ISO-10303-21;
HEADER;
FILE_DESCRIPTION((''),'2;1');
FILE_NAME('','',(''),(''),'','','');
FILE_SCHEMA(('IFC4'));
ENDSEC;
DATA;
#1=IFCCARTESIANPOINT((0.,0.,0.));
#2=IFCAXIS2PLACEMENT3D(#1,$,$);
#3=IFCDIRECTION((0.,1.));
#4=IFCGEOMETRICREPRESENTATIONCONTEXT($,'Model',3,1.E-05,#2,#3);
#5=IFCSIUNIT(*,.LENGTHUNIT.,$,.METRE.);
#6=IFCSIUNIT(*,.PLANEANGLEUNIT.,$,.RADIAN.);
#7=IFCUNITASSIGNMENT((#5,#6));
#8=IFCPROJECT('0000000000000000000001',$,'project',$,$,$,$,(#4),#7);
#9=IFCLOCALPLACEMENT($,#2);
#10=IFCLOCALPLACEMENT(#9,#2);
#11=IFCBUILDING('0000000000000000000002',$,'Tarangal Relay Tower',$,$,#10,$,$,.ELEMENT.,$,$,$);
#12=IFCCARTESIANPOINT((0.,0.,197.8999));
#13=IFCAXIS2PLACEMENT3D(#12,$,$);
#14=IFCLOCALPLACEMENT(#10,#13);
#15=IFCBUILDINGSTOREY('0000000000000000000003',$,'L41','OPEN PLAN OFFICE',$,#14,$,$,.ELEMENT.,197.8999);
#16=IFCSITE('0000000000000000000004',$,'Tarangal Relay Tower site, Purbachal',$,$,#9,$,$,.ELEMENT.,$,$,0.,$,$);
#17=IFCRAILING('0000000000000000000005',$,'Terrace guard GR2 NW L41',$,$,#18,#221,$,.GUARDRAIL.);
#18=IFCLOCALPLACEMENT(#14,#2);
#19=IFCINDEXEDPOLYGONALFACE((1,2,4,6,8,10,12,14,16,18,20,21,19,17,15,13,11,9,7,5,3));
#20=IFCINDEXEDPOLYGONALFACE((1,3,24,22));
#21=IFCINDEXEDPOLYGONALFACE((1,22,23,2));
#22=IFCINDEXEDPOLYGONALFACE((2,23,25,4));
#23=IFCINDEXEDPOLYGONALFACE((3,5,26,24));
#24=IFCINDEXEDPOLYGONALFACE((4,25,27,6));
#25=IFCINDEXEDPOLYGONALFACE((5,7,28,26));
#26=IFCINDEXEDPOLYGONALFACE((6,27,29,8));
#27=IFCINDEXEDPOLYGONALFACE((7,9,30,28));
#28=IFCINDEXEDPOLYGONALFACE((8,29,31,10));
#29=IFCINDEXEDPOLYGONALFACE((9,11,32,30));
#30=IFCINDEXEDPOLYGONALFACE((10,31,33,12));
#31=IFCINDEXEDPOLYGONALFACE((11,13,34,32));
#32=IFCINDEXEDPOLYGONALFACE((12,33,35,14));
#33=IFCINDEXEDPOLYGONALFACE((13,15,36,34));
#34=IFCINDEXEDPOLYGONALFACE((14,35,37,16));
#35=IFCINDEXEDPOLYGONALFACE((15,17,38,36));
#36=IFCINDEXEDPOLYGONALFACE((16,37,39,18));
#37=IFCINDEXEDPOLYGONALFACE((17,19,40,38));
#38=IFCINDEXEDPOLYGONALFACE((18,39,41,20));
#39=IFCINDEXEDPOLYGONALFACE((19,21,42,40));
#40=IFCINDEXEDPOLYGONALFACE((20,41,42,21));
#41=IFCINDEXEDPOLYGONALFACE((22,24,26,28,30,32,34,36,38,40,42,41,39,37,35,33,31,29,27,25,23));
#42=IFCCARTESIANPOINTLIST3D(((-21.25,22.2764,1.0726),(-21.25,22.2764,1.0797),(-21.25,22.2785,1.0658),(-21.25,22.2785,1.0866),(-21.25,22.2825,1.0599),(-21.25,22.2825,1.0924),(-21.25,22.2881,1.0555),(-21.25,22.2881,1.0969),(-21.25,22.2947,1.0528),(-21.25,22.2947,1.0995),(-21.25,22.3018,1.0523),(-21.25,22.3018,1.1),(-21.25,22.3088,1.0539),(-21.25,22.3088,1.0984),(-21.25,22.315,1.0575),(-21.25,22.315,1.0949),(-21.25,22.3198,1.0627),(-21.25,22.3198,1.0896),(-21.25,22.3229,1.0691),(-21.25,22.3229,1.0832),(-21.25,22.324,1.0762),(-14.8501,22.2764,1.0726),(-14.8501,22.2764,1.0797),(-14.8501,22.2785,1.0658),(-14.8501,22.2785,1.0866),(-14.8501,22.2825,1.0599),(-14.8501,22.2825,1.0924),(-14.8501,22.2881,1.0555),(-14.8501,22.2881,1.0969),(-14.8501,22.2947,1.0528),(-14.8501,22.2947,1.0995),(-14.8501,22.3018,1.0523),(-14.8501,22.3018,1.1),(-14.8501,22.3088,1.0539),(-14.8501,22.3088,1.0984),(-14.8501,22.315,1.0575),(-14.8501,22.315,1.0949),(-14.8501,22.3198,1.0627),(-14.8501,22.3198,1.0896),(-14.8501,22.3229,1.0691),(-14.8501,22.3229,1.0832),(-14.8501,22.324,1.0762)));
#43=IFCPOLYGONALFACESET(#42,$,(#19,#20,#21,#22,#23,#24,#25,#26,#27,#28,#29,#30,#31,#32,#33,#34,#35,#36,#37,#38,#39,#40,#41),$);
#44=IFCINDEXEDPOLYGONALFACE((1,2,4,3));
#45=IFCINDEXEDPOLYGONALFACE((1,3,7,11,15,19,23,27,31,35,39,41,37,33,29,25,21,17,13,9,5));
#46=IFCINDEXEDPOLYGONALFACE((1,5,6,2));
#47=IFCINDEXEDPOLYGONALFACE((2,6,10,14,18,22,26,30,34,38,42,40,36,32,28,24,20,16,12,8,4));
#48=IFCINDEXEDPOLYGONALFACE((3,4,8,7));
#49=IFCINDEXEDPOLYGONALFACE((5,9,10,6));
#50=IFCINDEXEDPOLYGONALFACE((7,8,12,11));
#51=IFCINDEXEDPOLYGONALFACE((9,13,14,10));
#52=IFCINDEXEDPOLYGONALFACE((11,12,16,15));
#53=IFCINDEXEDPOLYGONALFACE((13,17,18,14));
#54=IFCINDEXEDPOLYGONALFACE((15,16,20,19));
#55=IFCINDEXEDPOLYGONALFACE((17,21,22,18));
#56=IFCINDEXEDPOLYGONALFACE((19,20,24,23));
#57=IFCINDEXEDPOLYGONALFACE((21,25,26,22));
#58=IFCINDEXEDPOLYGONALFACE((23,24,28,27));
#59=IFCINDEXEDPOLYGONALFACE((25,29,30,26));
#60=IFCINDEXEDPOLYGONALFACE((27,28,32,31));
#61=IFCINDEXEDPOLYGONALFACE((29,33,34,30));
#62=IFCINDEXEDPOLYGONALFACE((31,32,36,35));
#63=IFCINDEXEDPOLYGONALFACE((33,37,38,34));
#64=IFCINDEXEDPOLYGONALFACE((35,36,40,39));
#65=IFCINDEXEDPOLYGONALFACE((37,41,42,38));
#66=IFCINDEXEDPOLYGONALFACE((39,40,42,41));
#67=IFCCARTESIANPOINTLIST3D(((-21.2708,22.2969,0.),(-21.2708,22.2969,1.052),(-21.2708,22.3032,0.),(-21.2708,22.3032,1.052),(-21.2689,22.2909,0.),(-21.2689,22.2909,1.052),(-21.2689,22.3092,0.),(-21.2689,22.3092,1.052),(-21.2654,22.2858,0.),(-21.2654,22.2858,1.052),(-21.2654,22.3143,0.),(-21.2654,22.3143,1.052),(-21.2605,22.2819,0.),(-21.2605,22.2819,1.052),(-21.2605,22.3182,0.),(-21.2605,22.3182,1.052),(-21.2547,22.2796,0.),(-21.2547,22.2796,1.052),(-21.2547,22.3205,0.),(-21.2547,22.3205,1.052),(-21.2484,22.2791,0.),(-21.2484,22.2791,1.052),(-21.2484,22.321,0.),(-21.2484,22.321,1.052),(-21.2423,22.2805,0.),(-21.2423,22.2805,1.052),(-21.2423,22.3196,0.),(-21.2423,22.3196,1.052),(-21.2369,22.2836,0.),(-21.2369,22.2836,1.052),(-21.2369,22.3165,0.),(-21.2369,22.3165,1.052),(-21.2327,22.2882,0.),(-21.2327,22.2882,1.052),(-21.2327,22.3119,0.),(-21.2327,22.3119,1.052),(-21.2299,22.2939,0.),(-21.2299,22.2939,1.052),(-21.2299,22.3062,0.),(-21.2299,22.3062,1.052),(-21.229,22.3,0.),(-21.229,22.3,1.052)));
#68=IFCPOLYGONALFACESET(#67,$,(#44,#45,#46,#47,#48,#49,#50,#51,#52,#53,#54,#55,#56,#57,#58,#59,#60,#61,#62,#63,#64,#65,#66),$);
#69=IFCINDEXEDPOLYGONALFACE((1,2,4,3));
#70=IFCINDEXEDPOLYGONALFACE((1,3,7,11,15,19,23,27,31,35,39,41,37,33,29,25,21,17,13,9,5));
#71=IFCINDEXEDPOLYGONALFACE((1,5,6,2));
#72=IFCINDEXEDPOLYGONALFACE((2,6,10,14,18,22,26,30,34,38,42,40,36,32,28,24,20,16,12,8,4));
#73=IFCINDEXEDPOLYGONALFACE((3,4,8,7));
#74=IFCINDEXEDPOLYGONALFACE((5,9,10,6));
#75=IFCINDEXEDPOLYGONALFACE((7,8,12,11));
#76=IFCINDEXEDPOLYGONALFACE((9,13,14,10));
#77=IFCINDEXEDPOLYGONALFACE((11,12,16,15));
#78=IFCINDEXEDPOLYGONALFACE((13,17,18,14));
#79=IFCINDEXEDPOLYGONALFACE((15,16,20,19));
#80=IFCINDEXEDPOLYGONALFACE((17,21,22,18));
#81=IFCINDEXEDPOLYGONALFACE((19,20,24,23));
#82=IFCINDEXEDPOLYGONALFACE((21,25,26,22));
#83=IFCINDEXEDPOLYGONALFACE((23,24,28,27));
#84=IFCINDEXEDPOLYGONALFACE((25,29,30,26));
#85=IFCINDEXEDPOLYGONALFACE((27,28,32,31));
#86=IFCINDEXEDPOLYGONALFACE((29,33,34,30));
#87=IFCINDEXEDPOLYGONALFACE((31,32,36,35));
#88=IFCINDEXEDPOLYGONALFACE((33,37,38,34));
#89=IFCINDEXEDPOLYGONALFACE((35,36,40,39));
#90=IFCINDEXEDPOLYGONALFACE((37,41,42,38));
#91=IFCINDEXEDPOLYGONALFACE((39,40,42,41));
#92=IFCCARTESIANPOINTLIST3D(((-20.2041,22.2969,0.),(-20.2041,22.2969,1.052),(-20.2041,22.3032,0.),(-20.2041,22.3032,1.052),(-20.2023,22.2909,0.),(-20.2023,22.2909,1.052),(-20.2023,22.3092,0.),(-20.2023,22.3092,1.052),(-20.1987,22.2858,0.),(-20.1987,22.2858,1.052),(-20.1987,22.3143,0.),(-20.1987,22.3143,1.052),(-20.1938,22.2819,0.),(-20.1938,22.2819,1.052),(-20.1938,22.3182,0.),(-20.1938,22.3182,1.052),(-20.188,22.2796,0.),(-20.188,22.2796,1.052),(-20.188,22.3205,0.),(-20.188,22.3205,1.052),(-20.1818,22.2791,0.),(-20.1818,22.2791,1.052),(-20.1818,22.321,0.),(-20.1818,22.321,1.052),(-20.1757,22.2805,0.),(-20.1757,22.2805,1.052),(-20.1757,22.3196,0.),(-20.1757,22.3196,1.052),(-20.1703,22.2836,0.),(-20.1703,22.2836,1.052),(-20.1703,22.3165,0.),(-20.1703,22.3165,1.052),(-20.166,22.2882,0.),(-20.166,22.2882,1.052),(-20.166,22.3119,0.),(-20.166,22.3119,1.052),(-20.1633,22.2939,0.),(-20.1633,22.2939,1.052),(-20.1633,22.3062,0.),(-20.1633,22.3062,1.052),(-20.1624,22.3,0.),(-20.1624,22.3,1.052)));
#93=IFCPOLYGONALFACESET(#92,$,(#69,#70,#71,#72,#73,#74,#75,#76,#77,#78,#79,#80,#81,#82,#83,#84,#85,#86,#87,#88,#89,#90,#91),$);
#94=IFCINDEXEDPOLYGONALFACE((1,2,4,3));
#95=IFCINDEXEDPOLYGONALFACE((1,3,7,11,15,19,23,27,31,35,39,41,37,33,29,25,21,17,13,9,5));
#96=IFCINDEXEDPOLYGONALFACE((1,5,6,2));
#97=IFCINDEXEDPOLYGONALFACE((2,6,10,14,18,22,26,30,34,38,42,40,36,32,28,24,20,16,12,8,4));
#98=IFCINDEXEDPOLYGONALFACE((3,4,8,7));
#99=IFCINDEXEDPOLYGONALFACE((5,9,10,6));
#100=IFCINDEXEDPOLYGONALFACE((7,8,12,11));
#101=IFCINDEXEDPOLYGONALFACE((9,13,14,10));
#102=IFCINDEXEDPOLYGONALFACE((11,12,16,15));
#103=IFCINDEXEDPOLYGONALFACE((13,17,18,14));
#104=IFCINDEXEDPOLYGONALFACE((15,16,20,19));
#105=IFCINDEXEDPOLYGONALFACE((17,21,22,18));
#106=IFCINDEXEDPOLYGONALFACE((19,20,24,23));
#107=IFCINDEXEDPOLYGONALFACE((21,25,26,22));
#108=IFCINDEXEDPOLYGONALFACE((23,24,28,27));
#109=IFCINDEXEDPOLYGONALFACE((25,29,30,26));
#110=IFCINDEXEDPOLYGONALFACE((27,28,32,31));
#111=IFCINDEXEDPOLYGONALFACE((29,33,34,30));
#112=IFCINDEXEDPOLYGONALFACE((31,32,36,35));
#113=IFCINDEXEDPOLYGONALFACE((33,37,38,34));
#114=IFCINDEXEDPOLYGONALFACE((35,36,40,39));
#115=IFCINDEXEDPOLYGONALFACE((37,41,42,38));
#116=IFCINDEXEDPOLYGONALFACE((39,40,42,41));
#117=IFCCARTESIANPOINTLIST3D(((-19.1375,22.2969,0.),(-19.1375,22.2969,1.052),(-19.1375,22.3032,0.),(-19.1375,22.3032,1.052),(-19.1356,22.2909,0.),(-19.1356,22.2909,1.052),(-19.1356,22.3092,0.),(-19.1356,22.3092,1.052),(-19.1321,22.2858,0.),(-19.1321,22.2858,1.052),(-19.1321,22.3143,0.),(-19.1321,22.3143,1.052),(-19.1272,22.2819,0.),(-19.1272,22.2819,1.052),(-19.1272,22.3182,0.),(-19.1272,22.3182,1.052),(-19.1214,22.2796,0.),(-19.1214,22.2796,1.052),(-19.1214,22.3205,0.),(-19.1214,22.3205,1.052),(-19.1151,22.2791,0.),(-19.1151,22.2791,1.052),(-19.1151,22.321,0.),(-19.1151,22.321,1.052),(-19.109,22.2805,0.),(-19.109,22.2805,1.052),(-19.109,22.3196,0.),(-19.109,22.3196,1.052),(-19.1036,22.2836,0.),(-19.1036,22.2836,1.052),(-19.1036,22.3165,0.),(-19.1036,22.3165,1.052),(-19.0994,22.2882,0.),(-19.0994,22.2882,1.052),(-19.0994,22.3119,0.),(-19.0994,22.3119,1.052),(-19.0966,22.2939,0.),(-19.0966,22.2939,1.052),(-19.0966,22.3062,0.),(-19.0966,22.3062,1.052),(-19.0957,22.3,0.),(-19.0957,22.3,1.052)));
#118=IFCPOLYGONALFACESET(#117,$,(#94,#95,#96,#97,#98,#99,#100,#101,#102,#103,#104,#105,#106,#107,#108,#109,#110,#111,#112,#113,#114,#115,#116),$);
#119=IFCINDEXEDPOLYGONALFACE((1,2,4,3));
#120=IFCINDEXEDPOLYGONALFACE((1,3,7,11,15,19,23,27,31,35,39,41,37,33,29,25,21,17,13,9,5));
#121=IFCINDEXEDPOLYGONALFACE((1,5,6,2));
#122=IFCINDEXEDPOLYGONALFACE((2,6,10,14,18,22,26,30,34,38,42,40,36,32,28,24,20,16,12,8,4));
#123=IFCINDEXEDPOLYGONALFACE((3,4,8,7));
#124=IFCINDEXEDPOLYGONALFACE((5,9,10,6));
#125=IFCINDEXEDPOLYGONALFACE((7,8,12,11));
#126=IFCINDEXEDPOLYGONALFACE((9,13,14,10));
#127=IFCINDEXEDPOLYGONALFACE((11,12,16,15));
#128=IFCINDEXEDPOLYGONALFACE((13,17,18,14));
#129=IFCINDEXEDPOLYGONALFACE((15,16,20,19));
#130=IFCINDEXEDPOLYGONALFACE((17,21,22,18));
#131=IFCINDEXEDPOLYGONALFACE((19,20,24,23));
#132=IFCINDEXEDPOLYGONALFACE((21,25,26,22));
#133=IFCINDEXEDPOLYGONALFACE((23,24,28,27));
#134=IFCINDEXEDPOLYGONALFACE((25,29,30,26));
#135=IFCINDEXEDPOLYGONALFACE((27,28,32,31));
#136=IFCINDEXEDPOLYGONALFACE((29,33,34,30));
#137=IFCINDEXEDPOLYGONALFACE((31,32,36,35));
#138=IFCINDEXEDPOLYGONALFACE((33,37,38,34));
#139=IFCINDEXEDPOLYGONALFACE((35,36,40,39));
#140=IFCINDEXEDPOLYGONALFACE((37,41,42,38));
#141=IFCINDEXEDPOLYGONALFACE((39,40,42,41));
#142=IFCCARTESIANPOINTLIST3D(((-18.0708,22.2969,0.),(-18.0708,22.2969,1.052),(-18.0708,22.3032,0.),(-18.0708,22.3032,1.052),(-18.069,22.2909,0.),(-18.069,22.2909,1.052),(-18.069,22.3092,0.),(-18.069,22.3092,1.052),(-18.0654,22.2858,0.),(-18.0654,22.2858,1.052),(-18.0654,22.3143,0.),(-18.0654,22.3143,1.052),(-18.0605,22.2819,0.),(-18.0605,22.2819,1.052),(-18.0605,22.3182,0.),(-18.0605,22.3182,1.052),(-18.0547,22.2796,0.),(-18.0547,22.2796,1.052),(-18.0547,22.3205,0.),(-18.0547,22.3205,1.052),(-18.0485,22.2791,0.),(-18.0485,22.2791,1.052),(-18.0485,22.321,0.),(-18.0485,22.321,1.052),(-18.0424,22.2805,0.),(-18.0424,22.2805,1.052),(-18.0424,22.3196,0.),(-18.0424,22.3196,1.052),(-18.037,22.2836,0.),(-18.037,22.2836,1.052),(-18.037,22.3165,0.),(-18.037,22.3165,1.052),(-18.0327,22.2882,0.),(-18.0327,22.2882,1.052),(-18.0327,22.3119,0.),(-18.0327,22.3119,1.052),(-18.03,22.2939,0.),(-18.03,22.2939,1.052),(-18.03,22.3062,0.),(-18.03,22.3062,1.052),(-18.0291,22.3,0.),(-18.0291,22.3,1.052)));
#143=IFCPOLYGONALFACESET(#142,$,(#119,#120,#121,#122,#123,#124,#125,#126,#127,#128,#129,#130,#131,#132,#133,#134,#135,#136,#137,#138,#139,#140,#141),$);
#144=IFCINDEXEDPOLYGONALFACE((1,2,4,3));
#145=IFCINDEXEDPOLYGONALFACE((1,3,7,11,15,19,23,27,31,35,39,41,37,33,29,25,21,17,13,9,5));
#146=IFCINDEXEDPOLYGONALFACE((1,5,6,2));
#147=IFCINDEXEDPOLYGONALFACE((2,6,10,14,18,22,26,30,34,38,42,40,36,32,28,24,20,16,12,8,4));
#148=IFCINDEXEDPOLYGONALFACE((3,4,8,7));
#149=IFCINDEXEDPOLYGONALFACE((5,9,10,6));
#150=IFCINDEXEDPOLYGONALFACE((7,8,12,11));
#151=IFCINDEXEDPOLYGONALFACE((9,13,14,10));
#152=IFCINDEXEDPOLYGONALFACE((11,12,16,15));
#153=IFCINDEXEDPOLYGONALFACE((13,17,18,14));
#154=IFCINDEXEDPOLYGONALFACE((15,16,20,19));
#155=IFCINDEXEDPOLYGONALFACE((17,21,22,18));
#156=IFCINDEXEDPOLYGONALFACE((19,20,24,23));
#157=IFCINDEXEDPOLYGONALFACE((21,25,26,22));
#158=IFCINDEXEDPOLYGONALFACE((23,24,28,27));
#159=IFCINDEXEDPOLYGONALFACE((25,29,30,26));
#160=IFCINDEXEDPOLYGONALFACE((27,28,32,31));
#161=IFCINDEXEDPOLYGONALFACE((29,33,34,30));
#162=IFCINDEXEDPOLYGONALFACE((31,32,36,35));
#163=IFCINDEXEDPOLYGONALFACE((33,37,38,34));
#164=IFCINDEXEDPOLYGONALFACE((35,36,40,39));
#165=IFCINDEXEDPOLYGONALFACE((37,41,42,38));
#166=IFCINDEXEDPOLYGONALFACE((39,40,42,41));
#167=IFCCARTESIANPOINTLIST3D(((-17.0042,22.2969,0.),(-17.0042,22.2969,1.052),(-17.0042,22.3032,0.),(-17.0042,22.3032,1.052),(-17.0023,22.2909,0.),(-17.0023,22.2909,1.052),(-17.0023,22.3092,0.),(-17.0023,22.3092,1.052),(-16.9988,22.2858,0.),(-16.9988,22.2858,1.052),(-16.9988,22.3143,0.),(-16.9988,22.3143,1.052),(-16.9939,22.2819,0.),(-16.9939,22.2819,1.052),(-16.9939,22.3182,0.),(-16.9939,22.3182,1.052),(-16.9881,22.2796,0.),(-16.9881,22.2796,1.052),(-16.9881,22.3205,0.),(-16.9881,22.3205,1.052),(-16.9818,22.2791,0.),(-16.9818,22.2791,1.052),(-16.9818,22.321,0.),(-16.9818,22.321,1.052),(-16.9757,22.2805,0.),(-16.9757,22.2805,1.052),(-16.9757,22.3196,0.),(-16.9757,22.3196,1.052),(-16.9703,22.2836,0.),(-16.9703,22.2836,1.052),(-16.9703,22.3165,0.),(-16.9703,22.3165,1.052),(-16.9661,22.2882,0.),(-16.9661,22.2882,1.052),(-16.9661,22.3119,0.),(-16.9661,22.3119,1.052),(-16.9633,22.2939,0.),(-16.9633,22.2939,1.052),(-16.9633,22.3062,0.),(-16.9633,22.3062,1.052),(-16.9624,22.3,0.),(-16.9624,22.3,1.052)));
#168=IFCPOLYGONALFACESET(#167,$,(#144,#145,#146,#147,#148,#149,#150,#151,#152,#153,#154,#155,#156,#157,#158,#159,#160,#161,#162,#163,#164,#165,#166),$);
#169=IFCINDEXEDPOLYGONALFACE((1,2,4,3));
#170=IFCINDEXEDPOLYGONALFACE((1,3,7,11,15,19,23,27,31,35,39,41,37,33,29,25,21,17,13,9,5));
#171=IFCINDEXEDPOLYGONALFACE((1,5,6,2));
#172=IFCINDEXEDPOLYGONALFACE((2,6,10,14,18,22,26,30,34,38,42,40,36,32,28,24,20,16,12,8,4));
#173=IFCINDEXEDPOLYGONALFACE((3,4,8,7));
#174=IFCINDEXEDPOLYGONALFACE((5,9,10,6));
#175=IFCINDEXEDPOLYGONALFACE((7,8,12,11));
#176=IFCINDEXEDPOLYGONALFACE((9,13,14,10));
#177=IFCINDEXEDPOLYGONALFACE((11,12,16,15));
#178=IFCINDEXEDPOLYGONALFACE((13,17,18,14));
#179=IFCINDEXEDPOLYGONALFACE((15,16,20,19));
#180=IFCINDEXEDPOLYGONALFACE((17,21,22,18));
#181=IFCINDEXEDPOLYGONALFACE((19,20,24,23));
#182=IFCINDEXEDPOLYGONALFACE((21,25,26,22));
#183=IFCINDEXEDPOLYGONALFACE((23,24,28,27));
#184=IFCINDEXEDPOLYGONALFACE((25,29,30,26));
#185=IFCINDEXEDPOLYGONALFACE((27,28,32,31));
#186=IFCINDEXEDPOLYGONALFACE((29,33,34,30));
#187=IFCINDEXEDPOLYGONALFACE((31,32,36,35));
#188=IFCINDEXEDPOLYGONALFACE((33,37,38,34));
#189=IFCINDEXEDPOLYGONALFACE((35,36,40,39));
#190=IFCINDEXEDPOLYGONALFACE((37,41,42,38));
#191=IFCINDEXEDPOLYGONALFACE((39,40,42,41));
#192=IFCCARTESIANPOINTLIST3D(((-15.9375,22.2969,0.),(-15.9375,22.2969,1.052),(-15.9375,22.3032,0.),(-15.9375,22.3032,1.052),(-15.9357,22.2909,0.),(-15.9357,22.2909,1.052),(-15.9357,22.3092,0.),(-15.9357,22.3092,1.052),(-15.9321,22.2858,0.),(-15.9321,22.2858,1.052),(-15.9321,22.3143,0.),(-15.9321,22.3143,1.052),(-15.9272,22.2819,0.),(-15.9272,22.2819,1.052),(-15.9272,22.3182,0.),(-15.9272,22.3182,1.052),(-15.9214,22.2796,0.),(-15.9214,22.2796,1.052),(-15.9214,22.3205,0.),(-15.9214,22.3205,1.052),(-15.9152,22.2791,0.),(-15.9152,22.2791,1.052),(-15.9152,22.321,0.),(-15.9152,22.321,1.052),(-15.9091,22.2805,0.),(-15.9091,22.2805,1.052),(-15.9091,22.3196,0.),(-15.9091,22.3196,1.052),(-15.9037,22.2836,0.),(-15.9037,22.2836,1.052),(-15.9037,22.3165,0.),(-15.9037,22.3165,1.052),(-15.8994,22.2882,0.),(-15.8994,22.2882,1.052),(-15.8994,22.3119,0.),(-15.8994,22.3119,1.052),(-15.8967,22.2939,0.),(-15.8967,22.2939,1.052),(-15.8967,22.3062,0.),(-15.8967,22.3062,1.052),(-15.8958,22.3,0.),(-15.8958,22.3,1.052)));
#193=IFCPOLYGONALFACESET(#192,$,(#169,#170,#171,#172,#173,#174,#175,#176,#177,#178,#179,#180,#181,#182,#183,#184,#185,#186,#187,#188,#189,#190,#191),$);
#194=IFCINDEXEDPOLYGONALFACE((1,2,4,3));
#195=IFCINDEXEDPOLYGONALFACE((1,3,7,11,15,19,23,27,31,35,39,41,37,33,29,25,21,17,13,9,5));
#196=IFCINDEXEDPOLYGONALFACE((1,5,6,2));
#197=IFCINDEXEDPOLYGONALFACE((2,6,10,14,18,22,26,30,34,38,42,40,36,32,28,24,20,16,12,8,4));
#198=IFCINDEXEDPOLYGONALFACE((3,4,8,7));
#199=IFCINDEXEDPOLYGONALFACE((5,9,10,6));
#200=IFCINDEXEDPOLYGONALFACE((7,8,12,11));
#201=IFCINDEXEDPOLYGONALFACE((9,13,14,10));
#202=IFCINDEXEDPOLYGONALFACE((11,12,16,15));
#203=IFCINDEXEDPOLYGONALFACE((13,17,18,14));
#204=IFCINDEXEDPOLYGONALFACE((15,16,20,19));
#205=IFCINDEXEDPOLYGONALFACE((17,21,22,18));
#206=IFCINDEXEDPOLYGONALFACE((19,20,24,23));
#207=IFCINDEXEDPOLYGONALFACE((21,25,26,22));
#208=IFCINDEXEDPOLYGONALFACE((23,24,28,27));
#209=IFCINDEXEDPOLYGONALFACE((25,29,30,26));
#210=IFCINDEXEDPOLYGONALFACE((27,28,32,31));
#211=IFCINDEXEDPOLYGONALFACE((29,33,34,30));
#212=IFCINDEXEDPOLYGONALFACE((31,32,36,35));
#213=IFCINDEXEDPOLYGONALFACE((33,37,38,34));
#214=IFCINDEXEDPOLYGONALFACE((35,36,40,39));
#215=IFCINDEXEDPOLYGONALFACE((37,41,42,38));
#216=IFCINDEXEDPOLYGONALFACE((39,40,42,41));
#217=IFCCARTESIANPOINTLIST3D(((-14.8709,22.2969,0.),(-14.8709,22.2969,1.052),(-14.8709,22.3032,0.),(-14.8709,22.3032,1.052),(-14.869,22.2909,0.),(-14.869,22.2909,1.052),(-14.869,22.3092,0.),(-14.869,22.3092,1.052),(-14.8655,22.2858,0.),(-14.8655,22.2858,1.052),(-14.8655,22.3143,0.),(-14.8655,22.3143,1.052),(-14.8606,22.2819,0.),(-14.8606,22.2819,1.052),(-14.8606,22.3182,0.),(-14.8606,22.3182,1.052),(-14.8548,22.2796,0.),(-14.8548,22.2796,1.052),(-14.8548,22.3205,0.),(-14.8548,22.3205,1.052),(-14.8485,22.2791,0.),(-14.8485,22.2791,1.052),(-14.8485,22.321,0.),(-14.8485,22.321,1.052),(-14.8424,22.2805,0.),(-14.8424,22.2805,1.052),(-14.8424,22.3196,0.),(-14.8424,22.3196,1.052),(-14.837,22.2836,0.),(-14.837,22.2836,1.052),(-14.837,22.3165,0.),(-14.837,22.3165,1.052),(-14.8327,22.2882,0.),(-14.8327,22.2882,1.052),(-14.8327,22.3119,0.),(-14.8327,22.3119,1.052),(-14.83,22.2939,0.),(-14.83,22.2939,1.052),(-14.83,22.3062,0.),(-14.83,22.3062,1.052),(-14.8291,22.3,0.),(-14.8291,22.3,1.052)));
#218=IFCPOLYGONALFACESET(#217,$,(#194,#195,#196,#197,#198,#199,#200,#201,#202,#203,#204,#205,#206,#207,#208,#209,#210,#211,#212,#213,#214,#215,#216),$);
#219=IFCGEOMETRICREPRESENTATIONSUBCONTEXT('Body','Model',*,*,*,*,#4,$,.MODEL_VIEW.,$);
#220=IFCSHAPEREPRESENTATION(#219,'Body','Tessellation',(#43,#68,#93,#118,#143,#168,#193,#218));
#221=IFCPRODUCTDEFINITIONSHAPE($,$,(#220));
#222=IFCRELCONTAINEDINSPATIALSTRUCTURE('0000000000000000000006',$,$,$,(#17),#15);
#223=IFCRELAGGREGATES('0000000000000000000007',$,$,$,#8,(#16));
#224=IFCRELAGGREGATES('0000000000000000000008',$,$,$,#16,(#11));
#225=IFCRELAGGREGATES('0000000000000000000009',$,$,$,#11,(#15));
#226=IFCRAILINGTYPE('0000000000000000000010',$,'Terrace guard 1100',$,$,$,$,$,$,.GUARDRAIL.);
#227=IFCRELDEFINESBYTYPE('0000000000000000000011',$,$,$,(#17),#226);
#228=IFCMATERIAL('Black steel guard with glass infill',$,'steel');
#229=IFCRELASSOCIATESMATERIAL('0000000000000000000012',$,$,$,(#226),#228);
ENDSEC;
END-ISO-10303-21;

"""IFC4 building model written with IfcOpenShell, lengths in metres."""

from ifc_helpers import new_model, si_unit, direction, frame, origin, origin_2d, place, context, subcontext, project, spatial, circle, extrude, material, type_object, element, save


model = new_model("IFC4")

# Units and contexts
model_context = context("Model", 3, precision=1e-05, world=origin(), true_north=direction((0.0, 1.0)))
body_context = subcontext(model_context, "Body", "Model", "MODEL_VIEW")
ifc_project = project(units=[si_unit("LENGTHUNIT", "METRE"), si_unit("PLANEANGLEUNIT", "RADIAN")], contexts=[model_context])

# Site, building, storey
site_placement = place(None, origin())
site = spatial("IfcSite", under=ifc_project, at=site_placement, Name="Tarangal Relay Tower site, Purbachal", CompositionType="ELEMENT", RefElevation=0.0)
building_placement = place(site_placement, origin())
building = spatial("IfcBuilding", under=site, at=building_placement, Name="Tarangal Relay Tower", CompositionType="ELEMENT")
storey_placement = place(building_placement, frame((0.0, 0.0, 197.8999)))
storey = spatial("IfcBuildingStorey", under=building, at=storey_placement, Name="L41", Description="OPEN PLAN OFFICE", CompositionType="ELEMENT", Elevation=197.8999)

# Railing
ifc_material_1 = material(Name="Black steel guard with glass infill", Category="steel")
railing_type = type_object("IfcRailingType", Name="Terrace guard 1100", PredefinedType="GUARDRAIL", material=ifc_material_1)
railing_1_placement = place(storey_placement, frame((-21.25, 22.3, 0.0)))
element("IfcRailing", 1, at=railing_1_placement, inside=storey, type_object=railing_type, Name="Terrace guard GR2 NW L41", PredefinedType="GUARDRAIL", context=body_context, shape_type="SweptSolid", body=[
    extrude(circle(Radius=0.0239, at=origin_2d()), frame((0.0, 0.0, 1.0762), z_axis=(1.0, 0.0, 0.0), x_axis=(0.0, 1.0, 0.0)), (0.0, 0.0, 1.0), 6.3999),
    extrude(circle(Radius=0.021, at=origin_2d()), origin(), (0.0, 0.0, 1.0), 1.052),
    extrude(circle(Radius=0.021, at=origin_2d()), frame((1.0667, 0.0, 0.0)), (0.0, 0.0, 1.0), 1.052),
    extrude(circle(Radius=0.021, at=origin_2d()), frame((2.1333, 0.0, 0.0)), (0.0, 0.0, 1.0), 1.052),
    extrude(circle(Radius=0.021, at=origin_2d()), frame((3.2, 0.0, 0.0)), (0.0, 0.0, 1.0), 1.052),
    extrude(circle(Radius=0.021, at=origin_2d()), frame((4.2666, 0.0, 0.0)), (0.0, 0.0, 1.0), 1.052),
    extrude(circle(Radius=0.021, at=origin_2d()), frame((5.3333, 0.0, 0.0)), (0.0, 0.0, 1.0), 1.052),
    extrude(circle(Radius=0.021, at=origin_2d()), frame((6.3999, 0.0, 0.0)), (0.0, 0.0, 1.0), 1.052),
])

save(model, "model.ifc")
